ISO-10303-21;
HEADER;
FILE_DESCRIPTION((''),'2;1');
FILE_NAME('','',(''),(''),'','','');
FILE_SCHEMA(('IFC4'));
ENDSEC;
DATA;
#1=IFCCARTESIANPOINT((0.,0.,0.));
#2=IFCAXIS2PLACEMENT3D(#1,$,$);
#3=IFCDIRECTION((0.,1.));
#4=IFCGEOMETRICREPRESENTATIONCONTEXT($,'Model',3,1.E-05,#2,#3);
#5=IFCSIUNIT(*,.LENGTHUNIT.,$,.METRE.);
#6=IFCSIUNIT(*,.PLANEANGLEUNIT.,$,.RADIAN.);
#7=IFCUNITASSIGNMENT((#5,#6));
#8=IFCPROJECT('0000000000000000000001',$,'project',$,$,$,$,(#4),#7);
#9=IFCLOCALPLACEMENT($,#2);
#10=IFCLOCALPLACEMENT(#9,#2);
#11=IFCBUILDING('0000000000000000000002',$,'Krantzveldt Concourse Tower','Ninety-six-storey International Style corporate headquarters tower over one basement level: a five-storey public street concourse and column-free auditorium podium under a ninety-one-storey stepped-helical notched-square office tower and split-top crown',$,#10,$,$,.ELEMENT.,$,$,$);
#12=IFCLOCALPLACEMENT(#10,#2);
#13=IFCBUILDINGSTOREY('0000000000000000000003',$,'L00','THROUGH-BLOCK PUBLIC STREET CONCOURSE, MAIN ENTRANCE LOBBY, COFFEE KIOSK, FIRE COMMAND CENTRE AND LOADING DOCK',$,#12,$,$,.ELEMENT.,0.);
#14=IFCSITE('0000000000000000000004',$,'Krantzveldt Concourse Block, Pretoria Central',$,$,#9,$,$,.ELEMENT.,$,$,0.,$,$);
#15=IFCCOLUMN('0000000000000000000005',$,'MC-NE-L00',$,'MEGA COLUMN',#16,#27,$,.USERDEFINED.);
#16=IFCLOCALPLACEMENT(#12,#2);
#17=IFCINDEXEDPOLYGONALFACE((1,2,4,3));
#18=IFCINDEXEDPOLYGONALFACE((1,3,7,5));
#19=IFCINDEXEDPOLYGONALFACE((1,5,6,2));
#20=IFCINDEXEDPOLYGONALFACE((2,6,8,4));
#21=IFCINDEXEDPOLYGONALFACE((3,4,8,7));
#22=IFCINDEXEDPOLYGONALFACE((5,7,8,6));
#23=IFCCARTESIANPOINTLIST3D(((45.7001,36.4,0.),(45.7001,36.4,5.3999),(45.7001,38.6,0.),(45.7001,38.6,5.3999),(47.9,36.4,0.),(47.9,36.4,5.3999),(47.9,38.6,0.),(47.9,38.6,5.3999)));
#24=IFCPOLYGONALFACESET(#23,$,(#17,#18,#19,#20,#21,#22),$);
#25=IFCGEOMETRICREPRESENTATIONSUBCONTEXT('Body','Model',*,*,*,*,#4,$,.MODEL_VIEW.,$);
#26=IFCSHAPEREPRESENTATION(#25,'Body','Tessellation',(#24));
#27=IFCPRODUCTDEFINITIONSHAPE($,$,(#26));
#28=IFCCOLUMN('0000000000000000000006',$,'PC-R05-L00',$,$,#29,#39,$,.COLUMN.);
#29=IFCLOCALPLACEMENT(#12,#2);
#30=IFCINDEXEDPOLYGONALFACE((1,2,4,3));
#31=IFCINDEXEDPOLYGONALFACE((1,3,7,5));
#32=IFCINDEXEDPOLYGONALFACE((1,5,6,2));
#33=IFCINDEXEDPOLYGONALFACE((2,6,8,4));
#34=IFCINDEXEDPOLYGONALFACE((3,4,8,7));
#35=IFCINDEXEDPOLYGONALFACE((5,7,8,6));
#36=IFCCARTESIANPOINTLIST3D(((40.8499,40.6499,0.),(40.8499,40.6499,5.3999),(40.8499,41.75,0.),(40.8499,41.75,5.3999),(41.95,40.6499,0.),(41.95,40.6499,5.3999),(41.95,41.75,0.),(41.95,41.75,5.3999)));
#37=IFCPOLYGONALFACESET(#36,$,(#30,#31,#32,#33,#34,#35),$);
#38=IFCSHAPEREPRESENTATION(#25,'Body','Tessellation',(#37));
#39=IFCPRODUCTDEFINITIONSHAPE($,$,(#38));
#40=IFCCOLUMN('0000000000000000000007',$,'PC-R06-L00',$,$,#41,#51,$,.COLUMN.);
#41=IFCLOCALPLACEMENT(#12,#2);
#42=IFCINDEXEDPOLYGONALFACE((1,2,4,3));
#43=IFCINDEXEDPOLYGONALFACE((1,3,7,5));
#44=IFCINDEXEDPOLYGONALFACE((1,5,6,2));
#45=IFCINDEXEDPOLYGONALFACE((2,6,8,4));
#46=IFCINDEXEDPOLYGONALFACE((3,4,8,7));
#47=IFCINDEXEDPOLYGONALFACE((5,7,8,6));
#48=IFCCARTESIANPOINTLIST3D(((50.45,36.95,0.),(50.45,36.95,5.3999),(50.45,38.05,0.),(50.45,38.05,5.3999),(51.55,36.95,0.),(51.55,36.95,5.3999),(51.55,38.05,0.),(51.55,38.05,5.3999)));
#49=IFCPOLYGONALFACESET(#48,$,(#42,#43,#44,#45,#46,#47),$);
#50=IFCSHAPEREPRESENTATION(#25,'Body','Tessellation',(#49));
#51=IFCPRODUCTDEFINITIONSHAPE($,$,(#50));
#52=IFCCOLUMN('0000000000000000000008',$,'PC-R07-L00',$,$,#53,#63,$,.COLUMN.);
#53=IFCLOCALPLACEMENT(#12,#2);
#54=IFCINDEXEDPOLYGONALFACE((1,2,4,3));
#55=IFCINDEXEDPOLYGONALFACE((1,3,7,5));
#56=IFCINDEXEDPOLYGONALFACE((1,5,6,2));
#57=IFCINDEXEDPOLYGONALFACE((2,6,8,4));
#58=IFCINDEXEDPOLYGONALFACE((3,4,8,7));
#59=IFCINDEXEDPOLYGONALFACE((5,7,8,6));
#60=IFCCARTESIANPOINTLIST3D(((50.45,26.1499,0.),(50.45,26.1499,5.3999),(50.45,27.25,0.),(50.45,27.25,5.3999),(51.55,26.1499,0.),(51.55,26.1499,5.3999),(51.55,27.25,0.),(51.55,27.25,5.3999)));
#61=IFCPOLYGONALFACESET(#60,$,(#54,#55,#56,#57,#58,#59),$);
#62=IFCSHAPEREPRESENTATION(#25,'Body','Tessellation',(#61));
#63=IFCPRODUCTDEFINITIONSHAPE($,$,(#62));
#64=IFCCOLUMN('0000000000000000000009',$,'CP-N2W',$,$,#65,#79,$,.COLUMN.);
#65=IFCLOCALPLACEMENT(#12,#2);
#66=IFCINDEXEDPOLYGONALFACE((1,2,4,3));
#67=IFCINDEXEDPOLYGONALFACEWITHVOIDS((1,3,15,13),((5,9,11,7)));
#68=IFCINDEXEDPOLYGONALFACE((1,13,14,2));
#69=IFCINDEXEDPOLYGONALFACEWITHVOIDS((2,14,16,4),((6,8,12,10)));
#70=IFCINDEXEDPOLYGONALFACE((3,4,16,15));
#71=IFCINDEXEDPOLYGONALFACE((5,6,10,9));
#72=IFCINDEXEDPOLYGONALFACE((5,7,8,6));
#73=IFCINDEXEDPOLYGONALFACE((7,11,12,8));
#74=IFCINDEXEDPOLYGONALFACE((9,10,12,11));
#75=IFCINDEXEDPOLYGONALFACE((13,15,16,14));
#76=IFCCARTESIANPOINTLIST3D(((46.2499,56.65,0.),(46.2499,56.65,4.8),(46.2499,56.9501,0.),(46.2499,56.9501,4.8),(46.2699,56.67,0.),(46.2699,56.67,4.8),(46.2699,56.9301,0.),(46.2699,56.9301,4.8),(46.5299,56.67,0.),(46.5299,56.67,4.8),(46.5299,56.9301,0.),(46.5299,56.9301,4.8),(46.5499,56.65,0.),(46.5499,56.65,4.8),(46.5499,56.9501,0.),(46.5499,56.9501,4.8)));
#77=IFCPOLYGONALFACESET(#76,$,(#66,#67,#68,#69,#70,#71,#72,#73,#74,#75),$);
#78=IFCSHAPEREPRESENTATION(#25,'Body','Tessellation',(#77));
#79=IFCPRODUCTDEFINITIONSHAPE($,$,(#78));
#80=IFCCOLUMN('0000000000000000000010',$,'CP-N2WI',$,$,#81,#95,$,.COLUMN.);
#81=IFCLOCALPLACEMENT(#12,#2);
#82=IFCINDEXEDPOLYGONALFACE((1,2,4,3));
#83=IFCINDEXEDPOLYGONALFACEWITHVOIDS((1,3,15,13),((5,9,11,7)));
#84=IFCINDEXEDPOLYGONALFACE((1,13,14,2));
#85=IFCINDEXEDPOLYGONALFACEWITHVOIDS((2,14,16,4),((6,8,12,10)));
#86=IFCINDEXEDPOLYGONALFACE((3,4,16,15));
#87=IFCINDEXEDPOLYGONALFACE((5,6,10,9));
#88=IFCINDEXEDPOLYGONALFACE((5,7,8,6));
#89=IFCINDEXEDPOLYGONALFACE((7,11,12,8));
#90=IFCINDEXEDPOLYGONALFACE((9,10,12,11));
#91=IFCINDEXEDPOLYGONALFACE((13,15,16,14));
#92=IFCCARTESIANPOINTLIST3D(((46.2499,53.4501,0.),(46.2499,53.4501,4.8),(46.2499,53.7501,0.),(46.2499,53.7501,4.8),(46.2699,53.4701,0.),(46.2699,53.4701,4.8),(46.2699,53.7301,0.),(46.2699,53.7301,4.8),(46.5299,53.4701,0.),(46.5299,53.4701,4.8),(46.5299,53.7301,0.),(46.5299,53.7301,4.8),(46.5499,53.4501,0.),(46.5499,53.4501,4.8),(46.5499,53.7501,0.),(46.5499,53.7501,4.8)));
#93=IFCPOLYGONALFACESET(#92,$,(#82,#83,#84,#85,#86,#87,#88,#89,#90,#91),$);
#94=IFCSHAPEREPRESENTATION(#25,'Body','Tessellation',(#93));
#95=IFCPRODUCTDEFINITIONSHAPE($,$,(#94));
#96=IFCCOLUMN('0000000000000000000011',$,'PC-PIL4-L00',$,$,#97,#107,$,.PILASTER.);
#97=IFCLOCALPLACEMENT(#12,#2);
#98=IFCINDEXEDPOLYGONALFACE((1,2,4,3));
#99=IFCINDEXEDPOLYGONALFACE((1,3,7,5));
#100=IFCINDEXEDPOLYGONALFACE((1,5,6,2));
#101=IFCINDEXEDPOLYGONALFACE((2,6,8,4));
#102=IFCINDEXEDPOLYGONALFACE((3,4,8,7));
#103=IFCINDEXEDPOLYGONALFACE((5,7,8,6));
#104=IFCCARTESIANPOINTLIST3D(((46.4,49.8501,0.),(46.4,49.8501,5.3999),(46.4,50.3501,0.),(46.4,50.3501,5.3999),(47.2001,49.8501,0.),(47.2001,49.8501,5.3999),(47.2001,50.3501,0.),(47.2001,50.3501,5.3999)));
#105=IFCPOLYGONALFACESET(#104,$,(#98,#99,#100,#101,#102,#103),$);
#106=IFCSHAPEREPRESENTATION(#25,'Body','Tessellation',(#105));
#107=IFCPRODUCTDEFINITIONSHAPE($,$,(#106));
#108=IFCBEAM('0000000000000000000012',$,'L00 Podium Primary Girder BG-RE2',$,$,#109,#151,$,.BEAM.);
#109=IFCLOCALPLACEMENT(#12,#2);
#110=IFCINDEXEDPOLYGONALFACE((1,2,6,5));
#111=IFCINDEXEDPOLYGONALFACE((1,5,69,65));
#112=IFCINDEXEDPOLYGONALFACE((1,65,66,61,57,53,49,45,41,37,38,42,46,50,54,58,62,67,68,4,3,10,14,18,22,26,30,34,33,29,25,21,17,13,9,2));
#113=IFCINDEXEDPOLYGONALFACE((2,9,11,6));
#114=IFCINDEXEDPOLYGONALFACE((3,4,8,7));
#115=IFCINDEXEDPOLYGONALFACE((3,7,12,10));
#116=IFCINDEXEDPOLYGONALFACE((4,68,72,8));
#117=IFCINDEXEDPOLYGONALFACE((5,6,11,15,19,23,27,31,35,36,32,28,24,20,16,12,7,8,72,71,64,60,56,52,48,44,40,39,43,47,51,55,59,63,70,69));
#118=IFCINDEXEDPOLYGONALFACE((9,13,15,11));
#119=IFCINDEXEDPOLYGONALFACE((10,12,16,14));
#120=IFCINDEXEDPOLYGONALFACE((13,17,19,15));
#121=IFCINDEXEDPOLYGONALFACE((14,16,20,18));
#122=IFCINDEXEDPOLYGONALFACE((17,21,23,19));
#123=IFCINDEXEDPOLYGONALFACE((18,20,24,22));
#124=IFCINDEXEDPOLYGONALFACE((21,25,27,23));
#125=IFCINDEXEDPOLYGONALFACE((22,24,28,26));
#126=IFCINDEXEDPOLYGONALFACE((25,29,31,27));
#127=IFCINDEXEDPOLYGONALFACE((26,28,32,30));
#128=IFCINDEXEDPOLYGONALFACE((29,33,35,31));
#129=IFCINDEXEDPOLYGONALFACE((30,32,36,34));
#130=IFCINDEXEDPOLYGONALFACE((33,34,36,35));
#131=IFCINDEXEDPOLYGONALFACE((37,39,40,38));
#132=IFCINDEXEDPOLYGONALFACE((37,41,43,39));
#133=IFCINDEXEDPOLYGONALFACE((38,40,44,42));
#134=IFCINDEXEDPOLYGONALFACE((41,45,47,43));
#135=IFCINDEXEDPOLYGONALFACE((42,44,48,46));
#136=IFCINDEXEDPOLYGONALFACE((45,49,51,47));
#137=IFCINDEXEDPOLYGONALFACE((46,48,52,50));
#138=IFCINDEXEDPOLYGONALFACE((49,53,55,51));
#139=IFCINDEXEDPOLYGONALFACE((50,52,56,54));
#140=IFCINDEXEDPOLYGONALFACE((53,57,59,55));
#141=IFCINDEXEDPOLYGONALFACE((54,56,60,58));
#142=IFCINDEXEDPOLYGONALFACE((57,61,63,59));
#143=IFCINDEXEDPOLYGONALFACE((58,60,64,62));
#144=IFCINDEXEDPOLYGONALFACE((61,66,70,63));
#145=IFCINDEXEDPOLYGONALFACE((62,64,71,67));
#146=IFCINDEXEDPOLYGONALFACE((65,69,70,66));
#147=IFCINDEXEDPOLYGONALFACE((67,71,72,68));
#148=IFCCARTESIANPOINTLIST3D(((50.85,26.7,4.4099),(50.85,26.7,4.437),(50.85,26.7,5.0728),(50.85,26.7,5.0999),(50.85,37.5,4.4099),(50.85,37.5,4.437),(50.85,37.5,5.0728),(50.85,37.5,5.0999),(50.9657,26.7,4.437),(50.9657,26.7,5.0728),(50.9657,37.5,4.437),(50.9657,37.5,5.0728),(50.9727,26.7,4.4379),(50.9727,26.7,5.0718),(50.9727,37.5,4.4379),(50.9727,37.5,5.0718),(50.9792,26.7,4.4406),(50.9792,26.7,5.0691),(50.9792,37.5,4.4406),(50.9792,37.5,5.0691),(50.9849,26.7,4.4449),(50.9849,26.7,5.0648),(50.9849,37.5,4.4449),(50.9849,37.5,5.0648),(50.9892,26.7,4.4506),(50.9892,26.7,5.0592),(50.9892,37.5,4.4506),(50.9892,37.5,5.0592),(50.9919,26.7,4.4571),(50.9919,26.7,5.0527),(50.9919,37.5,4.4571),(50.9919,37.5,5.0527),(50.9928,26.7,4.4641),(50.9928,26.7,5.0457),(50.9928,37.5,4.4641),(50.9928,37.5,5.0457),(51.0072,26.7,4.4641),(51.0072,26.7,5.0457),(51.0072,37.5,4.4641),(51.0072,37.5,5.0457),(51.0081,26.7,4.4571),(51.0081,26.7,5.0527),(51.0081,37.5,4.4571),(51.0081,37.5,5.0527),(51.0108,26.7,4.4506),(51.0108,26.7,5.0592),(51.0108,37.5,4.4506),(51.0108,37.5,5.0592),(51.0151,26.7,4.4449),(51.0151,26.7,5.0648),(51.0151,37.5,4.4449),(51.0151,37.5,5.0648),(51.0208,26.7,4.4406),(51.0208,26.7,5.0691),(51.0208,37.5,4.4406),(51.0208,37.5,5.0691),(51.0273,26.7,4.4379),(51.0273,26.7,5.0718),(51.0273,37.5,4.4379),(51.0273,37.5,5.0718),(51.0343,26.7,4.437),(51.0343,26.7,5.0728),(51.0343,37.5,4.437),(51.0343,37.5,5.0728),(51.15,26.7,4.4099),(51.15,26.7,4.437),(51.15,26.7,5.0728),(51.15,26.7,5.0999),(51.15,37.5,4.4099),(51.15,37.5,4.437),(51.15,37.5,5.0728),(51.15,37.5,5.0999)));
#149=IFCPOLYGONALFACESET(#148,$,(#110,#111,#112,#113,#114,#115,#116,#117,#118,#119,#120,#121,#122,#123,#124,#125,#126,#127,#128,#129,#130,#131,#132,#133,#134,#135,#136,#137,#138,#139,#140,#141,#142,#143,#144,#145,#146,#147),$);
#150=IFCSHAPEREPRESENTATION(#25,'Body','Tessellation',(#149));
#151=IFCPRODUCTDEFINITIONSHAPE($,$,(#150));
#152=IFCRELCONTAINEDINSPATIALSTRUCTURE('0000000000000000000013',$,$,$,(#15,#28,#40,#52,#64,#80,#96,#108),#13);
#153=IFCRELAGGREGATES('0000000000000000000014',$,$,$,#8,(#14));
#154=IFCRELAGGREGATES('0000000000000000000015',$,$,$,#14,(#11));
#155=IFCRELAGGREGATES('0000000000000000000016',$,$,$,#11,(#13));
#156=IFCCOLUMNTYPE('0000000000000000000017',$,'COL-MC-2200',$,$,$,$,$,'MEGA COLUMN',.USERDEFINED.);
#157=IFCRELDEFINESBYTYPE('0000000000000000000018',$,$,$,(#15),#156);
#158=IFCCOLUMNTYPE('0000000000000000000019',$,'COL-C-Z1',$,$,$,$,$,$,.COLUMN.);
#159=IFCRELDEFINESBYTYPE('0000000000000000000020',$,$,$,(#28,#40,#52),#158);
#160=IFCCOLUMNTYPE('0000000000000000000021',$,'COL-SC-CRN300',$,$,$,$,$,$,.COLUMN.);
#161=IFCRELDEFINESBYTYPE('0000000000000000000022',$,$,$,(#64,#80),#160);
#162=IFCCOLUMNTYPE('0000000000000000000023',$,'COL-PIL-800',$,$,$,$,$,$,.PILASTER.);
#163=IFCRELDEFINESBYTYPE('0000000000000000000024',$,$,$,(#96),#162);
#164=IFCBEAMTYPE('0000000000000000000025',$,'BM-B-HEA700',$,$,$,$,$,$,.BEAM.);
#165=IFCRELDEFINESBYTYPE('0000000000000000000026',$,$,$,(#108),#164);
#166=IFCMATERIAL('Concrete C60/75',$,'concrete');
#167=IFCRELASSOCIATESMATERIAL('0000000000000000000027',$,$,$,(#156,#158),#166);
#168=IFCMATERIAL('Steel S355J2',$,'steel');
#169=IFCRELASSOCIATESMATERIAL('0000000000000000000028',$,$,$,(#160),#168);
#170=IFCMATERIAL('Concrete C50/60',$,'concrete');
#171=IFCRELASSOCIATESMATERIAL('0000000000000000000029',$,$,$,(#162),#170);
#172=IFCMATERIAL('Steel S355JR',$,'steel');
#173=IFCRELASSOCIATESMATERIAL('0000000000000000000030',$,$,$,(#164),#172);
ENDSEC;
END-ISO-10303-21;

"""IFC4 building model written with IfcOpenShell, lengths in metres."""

from ifc_helpers import new_model, si_unit, direction, frame, origin, origin_2d, place, context, subcontext, project, spatial, rectangle, hollow_rectangle, i_section, extrude, source, transform, mapped, material, material_profile, profile_set, type_object, type_shapes, element, save


model = new_model("IFC4")

# Units and contexts
model_context = context("Model", 3, precision=1e-05, world=origin(), true_north=direction((0.0, 1.0)))
body_context = subcontext(model_context, "Body", "Model", "MODEL_VIEW")
ifc_project = project(units=[si_unit("LENGTHUNIT", "METRE"), si_unit("PLANEANGLEUNIT", "RADIAN")], contexts=[model_context])

# Site, building, storey
site_placement = place(None, origin())
site = spatial("IfcSite", under=ifc_project, at=site_placement, Name="Krantzveldt Concourse Block, Pretoria Central", CompositionType="ELEMENT", RefElevation=0.0)
building_placement = place(site_placement, origin())
building = spatial("IfcBuilding", under=site, at=building_placement, Name="Krantzveldt Concourse Tower", Description="Ninety-six-storey International Style corporate headquarters tower over one basement level: a five-storey public street concourse and column-free auditorium podium under a ninety-one-storey stepped-helical notched-square office tower and split-top crown", CompositionType="ELEMENT")
storey_placement = place(building_placement, origin())
storey = spatial("IfcBuildingStorey", under=building, at=storey_placement, Name="L00", Description="THROUGH-BLOCK PUBLIC STREET CONCOURSE, MAIN ENTRANCE LOBBY, COFFEE KIOSK, FIRE COMMAND CENTRE AND LOADING DOCK", CompositionType="ELEMENT", Elevation=0.0)

# Columns
ifc_material_1 = material(Name="Concrete C60/75", Category="concrete")
ifc_material_profile_1 = material_profile(ifc_material_1, rectangle(XDim=2.2, YDim=2.2, at=origin_2d()), Name="Concrete C60/75", Category="concrete")
ifc_profile_set_1 = profile_set([ifc_material_profile_1], Name="Concrete C60/75 - RC 2200x2200")
column_type_1 = type_object("IfcColumnType", Name="COL-MC-2200", ElementType="MEGA COLUMN", PredefinedType="USERDEFINED", material=ifc_profile_set_1)
shared_shape_1 = source(origin(), body_context, "Body", "SweptSolid", [
    extrude(rectangle(XDim=2.2, YDim=2.2, at=origin_2d()), origin(), (0.0, 0.0, 1.0), 5.3999),
])
type_shapes(column_type_1, [shared_shape_1])
column_1_placement = place(storey_placement, frame((46.8, 37.5, 0.0), z_axis=(0.0, 0.0, 1.0), x_axis=(1.0, 0.0, 0.0)))
element("IfcColumn", 1, at=column_1_placement, inside=storey, type_object=column_type_1, Name="MC-NE-L00", ObjectType="MEGA COLUMN", PredefinedType="USERDEFINED", context=body_context, shape_type="MappedRepresentation", body=[
    mapped(shared_shape_1, transform((0.0, 0.0, 0.0), x_axis=(1.0, 0.0, 0.0), y_axis=(0.0, 1.0, 0.0), z_axis=(0.0, 0.0, 1.0), scale=1.0)),
])
ifc_material_profile_2 = material_profile(ifc_material_1, rectangle(XDim=1.1001, YDim=1.1001, at=origin_2d()), Name="Concrete C60/75", Category="concrete")
ifc_profile_set_2 = profile_set([ifc_material_profile_2], Name="Concrete C60/75 - RC 1100x1100")
column_type_2 = type_object("IfcColumnType", Name="COL-C-Z1", PredefinedType="COLUMN", material=ifc_profile_set_2)
shared_shape_2 = source(origin(), body_context, "Body", "SweptSolid", [
    extrude(rectangle(XDim=1.1001, YDim=1.1001, at=origin_2d()), origin(), (0.0, 0.0, 1.0), 5.3999),
])
type_shapes(column_type_2, [shared_shape_2])
for number, where, z_axis, x_axis, name in (
    (2, (41.3999, 41.2, 0.0), (0.0, 0.0, 1.0), (1.0, 0.0, 0.0), "PC-R05-L00"),
    (3, (51.0, 37.5, 0.0), (0.0, 0.0, 1.0), (1.0, 0.0, 0.0), "PC-R06-L00"),
    (4, (51.0, 26.7, 0.0), (0.0, 0.0, 1.0), (1.0, 0.0, 0.0), "PC-R07-L00"),
):
    element("IfcColumn", number, at=place(storey_placement, frame(where, z_axis=z_axis, x_axis=x_axis)), inside=storey, type_object=column_type_2, Name=name, PredefinedType="COLUMN", context=body_context, shape_type="MappedRepresentation", body=[
        mapped(shared_shape_2, transform((0.0, 0.0, 0.0), x_axis=(1.0, 0.0, 0.0), y_axis=(0.0, 1.0, 0.0), z_axis=(0.0, 0.0, 1.0), scale=1.0)),
    ])
ifc_material_2 = material(Name="Steel S355J2", Category="steel")
ifc_material_profile_3 = material_profile(ifc_material_2, hollow_rectangle(XDim=0.3, YDim=0.3, WallThickness=0.02, at=origin_2d()), Name="Steel S355J2", Category="steel")
ifc_profile_set_3 = profile_set([ifc_material_profile_3], Name="Steel S355J2 - SHS 300x300x20")
column_type_3 = type_object("IfcColumnType", Name="COL-SC-CRN300", PredefinedType="COLUMN", material=ifc_profile_set_3)
shared_shape_3 = source(origin(), body_context, "Body", "SweptSolid", [
    extrude(hollow_rectangle(XDim=0.3, YDim=0.3, WallThickness=0.02, at=origin_2d()), origin(), (0.0, 0.0, 1.0), 4.8),
])
type_shapes(column_type_3, [shared_shape_3])
for number, where, z_axis, x_axis, name in (
    (5, (46.3999, 56.8, 0.0), (0.0, 0.0, 1.0), (1.0, 0.0, 0.0), "CP-N2W"),
    (6, (46.3999, 53.6001, 0.0), (0.0, 0.0, 1.0), (1.0, 0.0, 0.0), "CP-N2WI"),
):
    element("IfcColumn", number, at=place(storey_placement, frame(where, z_axis=z_axis, x_axis=x_axis)), inside=storey, type_object=column_type_3, Name=name, PredefinedType="COLUMN", context=body_context, shape_type="MappedRepresentation", body=[
        mapped(shared_shape_3, transform((0.0, 0.0, 0.0), x_axis=(1.0, 0.0, 0.0), y_axis=(0.0, 1.0, 0.0), z_axis=(0.0, 0.0, 1.0), scale=1.0)),
    ])
ifc_material_3 = material(Name="Concrete C50/60", Category="concrete")
ifc_material_profile_4 = material_profile(ifc_material_3, rectangle(XDim=0.8, YDim=0.5, at=origin_2d()), Name="Concrete C50/60", Category="concrete")
ifc_profile_set_4 = profile_set([ifc_material_profile_4], Name="Concrete C50/60 - RC-PIL 800x500")
column_type_4 = type_object("IfcColumnType", Name="COL-PIL-800", PredefinedType="PILASTER", material=ifc_profile_set_4)
shared_shape_4 = source(origin(), body_context, "Body", "SweptSolid", [
    extrude(rectangle(XDim=0.8, YDim=0.5, at=origin_2d()), origin(), (0.0, 0.0, 1.0), 5.3999),
])
type_shapes(column_type_4, [shared_shape_4])
column_2_placement = place(storey_placement, frame((46.8, 50.1001, 0.0), z_axis=(0.0, 0.0, 1.0), x_axis=(1.0, 0.0, 0.0)))
element("IfcColumn", 7, at=column_2_placement, inside=storey, type_object=column_type_4, Name="PC-PIL4-L00", PredefinedType="PILASTER", context=body_context, shape_type="MappedRepresentation", body=[
    mapped(shared_shape_4, transform((0.0, 0.0, 0.0), x_axis=(1.0, 0.0, 0.0), y_axis=(0.0, 1.0, 0.0), z_axis=(0.0, 0.0, 1.0), scale=1.0)),
])

# Beam
ifc_material_4 = material(Name="Steel S355JR", Category="steel")
ifc_material_profile_5 = material_profile(ifc_material_4, i_section(OverallWidth=0.3, OverallDepth=0.6899, WebThickness=0.0144, FlangeThickness=0.0271, FilletRadius=0.0271, at=origin_2d()), Name="Steel S355JR", Category="steel")
ifc_profile_set_5 = profile_set([ifc_material_profile_5], Name="Steel S355JR - HEA 700")
beam_type_1 = type_object("IfcBeamType", Name="BM-B-HEA700", PredefinedType="BEAM", material=ifc_profile_set_5)
shared_shape_5 = source(origin(), body_context, "Body", "SweptSolid", [
    extrude(i_section(OverallWidth=0.3, OverallDepth=0.6899, WebThickness=0.0144, FlangeThickness=0.0271, FilletRadius=0.0271, at=origin_2d()), origin(), (0.0, 0.0, 1.0), 10.8),
])
beam_1_placement = place(storey_placement, frame((51.0, 26.7, 4.7549), z_axis=(0.0, 1.0, 0.0), x_axis=(-1.0, 0.0, 0.0)))
element("IfcBeam", 8, at=beam_1_placement, inside=storey, type_object=beam_type_1, Name="L00 Podium Primary Girder BG-RE2", PredefinedType="BEAM", context=body_context, shape_type="MappedRepresentation", body=[
    mapped(shared_shape_5, transform((0.0, 0.0, 0.0), x_axis=(1.0, 0.0, 0.0), y_axis=(0.0, 1.0, 0.0), z_axis=(0.0, 0.0, 1.0), scale=1.0)),
])

save(model, "model.ifc")
